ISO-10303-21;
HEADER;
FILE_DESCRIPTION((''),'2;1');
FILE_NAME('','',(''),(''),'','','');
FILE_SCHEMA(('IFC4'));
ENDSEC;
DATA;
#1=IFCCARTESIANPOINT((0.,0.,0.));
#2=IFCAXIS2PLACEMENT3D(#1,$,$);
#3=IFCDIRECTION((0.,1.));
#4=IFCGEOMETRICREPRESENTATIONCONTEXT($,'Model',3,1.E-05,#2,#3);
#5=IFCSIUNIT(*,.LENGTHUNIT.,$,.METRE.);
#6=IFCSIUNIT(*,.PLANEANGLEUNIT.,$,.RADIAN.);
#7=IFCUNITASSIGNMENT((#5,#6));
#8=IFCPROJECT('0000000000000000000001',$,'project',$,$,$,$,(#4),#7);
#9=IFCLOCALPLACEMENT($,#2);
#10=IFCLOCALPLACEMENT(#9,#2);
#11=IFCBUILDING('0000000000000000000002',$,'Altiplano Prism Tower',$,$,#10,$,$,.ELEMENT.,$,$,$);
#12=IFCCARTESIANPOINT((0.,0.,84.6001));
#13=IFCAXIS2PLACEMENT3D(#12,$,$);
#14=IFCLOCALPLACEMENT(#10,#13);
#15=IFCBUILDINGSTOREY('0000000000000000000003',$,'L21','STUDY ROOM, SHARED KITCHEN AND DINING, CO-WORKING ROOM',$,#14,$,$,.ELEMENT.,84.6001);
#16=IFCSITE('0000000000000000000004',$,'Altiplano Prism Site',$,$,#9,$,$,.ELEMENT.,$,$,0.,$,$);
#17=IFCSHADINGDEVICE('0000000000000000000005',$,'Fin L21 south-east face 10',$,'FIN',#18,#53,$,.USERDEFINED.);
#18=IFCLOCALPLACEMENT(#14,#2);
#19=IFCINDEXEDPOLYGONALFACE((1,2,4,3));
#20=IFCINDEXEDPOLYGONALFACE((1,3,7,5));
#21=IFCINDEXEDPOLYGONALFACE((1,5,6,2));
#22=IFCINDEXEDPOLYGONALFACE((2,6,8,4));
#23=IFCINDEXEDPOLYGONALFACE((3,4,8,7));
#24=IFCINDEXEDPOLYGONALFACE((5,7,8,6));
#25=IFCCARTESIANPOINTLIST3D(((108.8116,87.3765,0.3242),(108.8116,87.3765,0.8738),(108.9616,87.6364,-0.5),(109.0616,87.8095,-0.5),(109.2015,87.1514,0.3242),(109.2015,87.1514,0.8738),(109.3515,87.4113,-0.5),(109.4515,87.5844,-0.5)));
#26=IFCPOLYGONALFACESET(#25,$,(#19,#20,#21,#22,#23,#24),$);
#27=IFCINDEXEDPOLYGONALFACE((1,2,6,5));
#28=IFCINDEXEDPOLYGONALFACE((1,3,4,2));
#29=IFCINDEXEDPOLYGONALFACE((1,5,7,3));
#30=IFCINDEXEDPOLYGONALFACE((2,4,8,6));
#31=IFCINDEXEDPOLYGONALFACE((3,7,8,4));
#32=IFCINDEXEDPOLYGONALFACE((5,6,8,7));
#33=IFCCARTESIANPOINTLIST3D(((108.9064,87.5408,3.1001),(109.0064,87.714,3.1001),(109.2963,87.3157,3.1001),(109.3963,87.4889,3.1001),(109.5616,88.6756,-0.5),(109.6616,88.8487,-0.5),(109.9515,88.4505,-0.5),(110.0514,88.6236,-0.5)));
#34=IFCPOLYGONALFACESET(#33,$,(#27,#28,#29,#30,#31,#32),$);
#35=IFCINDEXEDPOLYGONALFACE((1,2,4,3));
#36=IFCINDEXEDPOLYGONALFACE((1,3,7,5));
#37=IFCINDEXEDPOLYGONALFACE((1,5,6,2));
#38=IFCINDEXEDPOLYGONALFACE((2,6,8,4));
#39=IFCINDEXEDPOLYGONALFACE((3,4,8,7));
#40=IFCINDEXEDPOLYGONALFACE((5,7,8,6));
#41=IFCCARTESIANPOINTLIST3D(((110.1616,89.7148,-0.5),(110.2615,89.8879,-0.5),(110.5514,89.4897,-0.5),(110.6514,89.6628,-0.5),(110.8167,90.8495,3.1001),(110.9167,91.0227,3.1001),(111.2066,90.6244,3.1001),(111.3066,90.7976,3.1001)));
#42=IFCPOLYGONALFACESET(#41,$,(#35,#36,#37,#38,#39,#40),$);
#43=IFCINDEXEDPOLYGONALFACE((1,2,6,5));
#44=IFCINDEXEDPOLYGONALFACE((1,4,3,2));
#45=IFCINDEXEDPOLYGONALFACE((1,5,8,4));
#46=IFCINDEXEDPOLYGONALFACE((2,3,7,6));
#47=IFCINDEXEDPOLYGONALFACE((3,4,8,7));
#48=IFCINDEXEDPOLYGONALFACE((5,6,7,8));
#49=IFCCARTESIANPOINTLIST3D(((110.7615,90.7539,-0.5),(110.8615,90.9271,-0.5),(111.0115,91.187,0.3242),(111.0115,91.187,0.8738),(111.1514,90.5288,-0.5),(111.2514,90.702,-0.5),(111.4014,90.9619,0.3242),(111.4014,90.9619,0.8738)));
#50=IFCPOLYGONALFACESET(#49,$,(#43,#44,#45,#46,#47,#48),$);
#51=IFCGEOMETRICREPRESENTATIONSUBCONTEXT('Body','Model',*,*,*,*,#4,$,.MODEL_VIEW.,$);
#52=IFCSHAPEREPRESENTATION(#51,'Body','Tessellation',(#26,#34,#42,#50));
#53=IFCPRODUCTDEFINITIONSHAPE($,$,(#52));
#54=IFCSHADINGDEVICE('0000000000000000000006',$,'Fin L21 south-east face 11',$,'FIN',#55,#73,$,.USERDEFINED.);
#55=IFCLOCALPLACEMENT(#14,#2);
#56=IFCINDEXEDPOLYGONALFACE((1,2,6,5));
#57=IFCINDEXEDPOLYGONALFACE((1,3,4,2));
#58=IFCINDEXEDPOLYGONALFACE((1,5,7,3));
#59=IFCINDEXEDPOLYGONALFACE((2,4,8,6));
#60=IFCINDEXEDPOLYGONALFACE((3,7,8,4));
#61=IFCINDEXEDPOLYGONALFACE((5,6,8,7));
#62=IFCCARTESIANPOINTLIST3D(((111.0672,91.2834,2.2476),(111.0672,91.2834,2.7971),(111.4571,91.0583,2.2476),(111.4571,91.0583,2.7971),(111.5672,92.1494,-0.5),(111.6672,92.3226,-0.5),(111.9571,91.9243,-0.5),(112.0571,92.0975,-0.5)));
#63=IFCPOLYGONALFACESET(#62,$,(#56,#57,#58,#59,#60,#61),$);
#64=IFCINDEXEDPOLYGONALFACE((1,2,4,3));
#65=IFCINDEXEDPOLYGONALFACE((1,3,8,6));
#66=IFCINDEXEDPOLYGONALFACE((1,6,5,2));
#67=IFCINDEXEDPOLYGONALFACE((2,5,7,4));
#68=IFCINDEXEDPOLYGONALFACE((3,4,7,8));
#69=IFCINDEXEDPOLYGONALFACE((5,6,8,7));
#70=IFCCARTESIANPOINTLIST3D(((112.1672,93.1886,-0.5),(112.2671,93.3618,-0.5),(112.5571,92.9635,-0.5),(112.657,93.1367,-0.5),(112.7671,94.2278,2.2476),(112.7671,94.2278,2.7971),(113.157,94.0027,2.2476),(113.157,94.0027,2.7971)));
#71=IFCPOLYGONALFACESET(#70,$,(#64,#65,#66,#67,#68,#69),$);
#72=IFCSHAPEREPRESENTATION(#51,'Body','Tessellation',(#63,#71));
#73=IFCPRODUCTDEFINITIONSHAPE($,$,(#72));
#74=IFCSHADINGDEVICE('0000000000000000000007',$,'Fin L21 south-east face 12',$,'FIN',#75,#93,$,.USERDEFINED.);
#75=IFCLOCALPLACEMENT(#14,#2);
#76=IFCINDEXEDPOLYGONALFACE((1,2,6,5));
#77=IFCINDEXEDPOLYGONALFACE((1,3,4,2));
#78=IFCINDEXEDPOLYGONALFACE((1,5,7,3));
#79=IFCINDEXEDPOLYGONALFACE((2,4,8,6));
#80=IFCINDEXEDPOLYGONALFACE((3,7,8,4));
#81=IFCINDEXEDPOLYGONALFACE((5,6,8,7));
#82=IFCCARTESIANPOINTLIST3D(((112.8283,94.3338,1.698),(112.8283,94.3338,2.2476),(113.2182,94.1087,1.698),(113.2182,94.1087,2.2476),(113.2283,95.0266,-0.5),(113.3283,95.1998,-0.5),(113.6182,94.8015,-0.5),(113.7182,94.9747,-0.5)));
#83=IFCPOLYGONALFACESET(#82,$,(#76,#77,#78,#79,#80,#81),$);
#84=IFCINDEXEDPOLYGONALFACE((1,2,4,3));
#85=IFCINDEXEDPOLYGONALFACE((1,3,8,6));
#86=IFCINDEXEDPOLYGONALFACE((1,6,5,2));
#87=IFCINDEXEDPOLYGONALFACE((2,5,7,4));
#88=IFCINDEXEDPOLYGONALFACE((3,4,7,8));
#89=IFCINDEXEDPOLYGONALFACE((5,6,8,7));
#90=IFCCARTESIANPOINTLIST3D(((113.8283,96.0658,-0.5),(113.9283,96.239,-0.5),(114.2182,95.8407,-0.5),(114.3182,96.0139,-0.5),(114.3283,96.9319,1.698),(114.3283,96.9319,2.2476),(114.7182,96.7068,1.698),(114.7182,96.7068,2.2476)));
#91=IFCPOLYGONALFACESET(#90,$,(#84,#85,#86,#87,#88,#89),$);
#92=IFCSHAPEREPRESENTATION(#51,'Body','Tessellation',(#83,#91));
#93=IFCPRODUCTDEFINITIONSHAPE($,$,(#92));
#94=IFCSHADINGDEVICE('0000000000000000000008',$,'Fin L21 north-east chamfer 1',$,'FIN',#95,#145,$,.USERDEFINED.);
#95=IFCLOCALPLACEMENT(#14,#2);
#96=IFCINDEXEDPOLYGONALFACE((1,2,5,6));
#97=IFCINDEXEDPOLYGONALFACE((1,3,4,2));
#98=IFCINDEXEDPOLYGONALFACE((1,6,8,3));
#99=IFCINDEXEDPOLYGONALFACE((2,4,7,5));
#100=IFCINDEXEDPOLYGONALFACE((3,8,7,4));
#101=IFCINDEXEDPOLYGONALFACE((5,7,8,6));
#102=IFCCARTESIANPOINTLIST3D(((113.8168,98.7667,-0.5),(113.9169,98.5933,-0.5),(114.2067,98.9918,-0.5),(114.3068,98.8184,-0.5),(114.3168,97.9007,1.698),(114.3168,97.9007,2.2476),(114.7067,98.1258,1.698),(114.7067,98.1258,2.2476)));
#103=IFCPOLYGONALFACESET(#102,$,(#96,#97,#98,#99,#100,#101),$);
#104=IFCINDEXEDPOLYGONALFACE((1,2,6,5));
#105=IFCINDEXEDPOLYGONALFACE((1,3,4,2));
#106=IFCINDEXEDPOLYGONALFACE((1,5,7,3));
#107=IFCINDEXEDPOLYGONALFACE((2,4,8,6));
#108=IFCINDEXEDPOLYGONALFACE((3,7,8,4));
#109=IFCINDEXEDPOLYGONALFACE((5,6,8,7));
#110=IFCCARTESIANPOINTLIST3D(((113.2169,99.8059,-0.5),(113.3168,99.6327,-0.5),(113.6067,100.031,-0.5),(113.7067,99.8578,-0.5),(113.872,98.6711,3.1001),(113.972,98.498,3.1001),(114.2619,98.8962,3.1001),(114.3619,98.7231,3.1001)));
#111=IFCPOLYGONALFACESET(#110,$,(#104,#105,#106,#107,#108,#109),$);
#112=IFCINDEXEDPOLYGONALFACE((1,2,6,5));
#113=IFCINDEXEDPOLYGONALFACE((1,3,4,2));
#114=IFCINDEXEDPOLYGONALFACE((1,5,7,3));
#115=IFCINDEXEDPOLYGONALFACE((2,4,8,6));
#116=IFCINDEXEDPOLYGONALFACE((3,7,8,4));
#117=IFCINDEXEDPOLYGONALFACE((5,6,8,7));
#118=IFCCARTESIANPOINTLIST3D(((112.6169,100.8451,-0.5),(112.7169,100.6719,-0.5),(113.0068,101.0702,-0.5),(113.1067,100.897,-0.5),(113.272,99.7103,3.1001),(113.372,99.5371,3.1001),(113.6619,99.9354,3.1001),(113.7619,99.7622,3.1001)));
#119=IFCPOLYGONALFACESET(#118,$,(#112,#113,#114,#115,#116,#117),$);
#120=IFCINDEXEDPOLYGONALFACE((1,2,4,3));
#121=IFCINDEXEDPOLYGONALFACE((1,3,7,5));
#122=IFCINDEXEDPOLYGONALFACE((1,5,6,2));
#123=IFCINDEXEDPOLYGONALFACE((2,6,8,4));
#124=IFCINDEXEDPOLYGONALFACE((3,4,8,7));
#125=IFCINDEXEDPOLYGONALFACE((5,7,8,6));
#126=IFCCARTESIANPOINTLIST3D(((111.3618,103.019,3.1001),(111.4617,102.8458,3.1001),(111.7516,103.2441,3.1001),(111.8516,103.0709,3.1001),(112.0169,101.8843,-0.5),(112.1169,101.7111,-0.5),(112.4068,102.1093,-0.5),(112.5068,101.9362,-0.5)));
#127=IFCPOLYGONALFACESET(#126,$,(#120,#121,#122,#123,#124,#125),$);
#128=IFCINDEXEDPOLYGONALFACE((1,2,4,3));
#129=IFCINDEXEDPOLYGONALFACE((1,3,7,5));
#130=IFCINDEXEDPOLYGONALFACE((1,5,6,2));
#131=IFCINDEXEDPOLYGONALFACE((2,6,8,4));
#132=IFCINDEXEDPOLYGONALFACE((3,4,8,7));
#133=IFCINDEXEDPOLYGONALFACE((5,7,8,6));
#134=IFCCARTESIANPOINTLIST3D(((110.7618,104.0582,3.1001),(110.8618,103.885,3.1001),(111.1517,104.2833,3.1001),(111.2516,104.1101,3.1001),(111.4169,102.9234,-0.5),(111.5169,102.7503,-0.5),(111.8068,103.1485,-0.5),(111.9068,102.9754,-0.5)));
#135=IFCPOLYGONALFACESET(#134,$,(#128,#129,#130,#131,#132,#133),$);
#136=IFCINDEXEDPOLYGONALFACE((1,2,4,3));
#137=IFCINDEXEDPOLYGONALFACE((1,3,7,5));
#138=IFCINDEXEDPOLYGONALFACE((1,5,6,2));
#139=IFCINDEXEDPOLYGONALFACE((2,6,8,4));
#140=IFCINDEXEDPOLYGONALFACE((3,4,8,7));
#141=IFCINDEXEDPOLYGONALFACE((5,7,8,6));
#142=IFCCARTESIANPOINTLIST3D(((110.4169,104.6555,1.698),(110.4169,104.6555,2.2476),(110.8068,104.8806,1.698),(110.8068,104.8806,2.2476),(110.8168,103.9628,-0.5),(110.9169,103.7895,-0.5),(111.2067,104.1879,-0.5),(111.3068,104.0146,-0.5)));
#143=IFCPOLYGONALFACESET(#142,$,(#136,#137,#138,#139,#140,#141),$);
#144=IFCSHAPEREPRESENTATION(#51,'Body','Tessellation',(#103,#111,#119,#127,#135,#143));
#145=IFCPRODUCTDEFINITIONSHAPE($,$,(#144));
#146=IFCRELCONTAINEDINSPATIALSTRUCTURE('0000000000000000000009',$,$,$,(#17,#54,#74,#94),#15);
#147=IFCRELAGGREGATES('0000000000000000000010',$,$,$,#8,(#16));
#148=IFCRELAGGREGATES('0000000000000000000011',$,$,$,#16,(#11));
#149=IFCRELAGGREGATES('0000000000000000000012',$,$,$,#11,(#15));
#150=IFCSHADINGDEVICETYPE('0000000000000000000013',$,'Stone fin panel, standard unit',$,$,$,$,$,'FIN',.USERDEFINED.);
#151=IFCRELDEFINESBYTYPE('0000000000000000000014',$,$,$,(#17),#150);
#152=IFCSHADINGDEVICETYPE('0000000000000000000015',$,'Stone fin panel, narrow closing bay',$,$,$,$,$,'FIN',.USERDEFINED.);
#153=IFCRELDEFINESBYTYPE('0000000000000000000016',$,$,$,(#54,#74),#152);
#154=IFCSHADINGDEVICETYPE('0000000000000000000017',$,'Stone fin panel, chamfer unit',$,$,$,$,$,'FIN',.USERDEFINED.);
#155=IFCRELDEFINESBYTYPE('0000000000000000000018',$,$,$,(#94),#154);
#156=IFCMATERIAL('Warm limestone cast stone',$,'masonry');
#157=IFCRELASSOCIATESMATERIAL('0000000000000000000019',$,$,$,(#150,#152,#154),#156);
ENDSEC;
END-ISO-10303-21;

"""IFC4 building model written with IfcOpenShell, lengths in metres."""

from ifc_helpers import new_model, si_unit, direction, frame, origin, place, context, subcontext, project, spatial, polyline, outline, extrude, source, transform, mapped, material, type_object, element, save


model = new_model("IFC4")

# Units and contexts
model_context = context("Model", 3, precision=1e-05, world=origin(), true_north=direction((0.0, 1.0)))
body_context = subcontext(model_context, "Body", "Model", "MODEL_VIEW")
ifc_project = project(units=[si_unit("LENGTHUNIT", "METRE"), si_unit("PLANEANGLEUNIT", "RADIAN")], contexts=[model_context])

# Site, building, storey
site_placement = place(None, origin())
site = spatial("IfcSite", under=ifc_project, at=site_placement, Name="Altiplano Prism Site", CompositionType="ELEMENT", RefElevation=0.0)
building_placement = place(site_placement, origin())
building = spatial("IfcBuilding", under=site, at=building_placement, Name="Altiplano Prism Tower", CompositionType="ELEMENT")
storey_placement = place(building_placement, frame((0.0, 0.0, 84.6001)))
storey = spatial("IfcBuildingStorey", under=building, at=storey_placement, Name="L21", Description="STUDY ROOM, SHARED KITCHEN AND DINING, CO-WORKING ROOM", CompositionType="ELEMENT", Elevation=84.6001)

# Shading devices
ifc_material_1 = material(Name="Warm limestone cast stone", Category="masonry")
shading_device_type_1 = type_object("IfcShadingDeviceType", Name="Stone fin panel, standard unit", ElementType="FIN", PredefinedType="USERDEFINED", material=ifc_material_1)
shared_shape_1 = source(origin(), body_context, "Body", "SweptSolid", [
    extrude(outline(polyline([(-2.2, 1.3738), (-2.2, 0.8242), (-1.8999, 0.0), (-1.7, 0.0), (-2.2, 1.3738)])), frame((0.0, -0.1499, 0.0), z_axis=(0.0, -1.0, 0.0), x_axis=(1.0, 0.0, 0.0)), (0.0, 0.0, 1.0), 0.4502),
    extrude(outline(polyline([(-2.0103, 3.6001), (-0.7, 0.0), (-0.5, 0.0), (-1.8103, 3.6001), (-2.0103, 3.6001)])), frame((0.0, -0.1499, 0.0), z_axis=(0.0, -1.0, 0.0), x_axis=(1.0, 0.0, 0.0)), (0.0, 0.0, 1.0), 0.4502),
    extrude(outline(polyline([(1.8103, 3.6001), (0.5, 0.0), (0.7, 0.0), (2.0103, 3.6001), (1.8103, 3.6001)])), frame((0.0, -0.1499, 0.0), z_axis=(0.0, -1.0, 0.0), x_axis=(1.0, 0.0, 0.0)), (0.0, 0.0, 1.0), 0.4502),
    extrude(outline(polyline([(2.2, 0.8242), (2.2, 1.3738), (1.7, 0.0), (1.8999, 0.0), (2.2, 0.8242)])), frame((0.0, -0.1499, 0.0), z_axis=(0.0, -1.0, 0.0), x_axis=(1.0, 0.0, 0.0)), (0.0, 0.0, 1.0), 0.4502),
])
shading_device_1_placement = place(storey_placement, origin())
element("IfcShadingDevice", 1, at=shading_device_1_placement, inside=storey, type_object=shading_device_type_1, Name="Fin L21 south-east face 10", ObjectType="FIN", PredefinedType="USERDEFINED", context=body_context, shape_type="MappedRepresentation", body=[
    mapped(shared_shape_1, transform((109.7817, 89.3567, -0.5), x_axis=(0.5, 0.866025, 0.0), y_axis=(-0.866025, 0.5, 0.0), z_axis=(0.0, 0.0, 1.0))),
])
shading_device_type_2 = type_object("IfcShadingDeviceType", Name="Stone fin panel, narrow closing bay", ElementType="FIN", PredefinedType="USERDEFINED", material=ifc_material_1)
shared_shape_2 = source(origin(), body_context, "Body", "SweptSolid", [
    extrude(outline(polyline([(-1.7, 3.2971), (-1.7, 2.7476), (-0.7, 0.0), (-0.5, 0.0), (-1.7, 3.2971)])), frame((0.0, -0.1499, 0.0), z_axis=(0.0, -1.0, 0.0), x_axis=(1.0, 0.0, 0.0)), (0.0, 0.0, 1.0), 0.4502),
    extrude(outline(polyline([(1.7, 2.7476), (1.7, 3.2971), (0.5, 0.0), (0.7, 0.0), (1.7, 2.7476)])), frame((0.0, -0.1499, 0.0), z_axis=(0.0, -1.0, 0.0), x_axis=(1.0, 0.0, 0.0)), (0.0, 0.0, 1.0), 0.4502),
])
shading_device_2_placement = place(storey_placement, origin())
element("IfcShadingDevice", 2, at=shading_device_2_placement, inside=storey, type_object=shading_device_type_2, Name="Fin L21 south-east face 11", ObjectType="FIN", PredefinedType="USERDEFINED", context=body_context, shape_type="MappedRepresentation", body=[
    mapped(shared_shape_2, transform((111.7874, 92.8306, -0.5), x_axis=(0.5, 0.866025, 0.0), y_axis=(-0.866025, 0.5, 0.0), z_axis=(0.0, 0.0, 1.0))),
])
shared_shape_3 = source(origin(), body_context, "Body", "SweptSolid", [
    extrude(outline(polyline([(-1.5, 2.7476), (-1.5, 2.198), (-0.7, 0.0), (-0.5, 0.0), (-1.5, 2.7476)])), frame((0.0, -0.1499, 0.0), z_axis=(0.0, -1.0, 0.0), x_axis=(1.0, 0.0, 0.0)), (0.0, 0.0, 1.0), 0.4502),
    extrude(outline(polyline([(1.5, 2.198), (1.5, 2.7476), (0.5, 0.0), (0.7, 0.0), (1.5, 2.198)])), frame((0.0, -0.1499, 0.0), z_axis=(0.0, -1.0, 0.0), x_axis=(1.0, 0.0, 0.0)), (0.0, 0.0, 1.0), 0.4502),
])
shading_device_3_placement = place(storey_placement, origin())
element("IfcShadingDevice", 3, at=shading_device_3_placement, inside=storey, type_object=shading_device_type_2, Name="Fin L21 south-east face 12", ObjectType="FIN", PredefinedType="USERDEFINED", context=body_context, shape_type="MappedRepresentation", body=[
    mapped(shared_shape_3, transform((113.4485, 95.7078, -0.5), x_axis=(0.5, 0.866025, 0.0), y_axis=(-0.866025, 0.5, 0.0), z_axis=(0.0, 0.0, 1.0))),
])
shading_device_type_3 = type_object("IfcShadingDeviceType", Name="Stone fin panel, chamfer unit", ElementType="FIN", PredefinedType="USERDEFINED", material=ifc_material_1)
shared_shape_4 = source(origin(), body_context, "Body", "SweptSolid", [
    extrude(outline(polyline([(-3.8999, 2.7476), (-3.8999, 2.198), (-3.1001, 0.0), (-2.8999, 0.0), (-3.8999, 2.7476)])), frame((0.0, -0.1499, 0.0), z_axis=(0.0, -1.0, 0.0), x_axis=(1.0, 0.0, 0.0)), (0.0, 0.0, 1.0), 0.4502),
    extrude(outline(polyline([(-3.2102, 3.6001), (-1.8999, 0.0), (-1.7, 0.0), (-3.0103, 3.6001), (-3.2102, 3.6001)])), frame((0.0, -0.1499, 0.0), z_axis=(0.0, -1.0, 0.0), x_axis=(1.0, 0.0, 0.0)), (0.0, 0.0, 1.0), 0.4502),
    extrude(outline(polyline([(-2.0103, 3.6001), (-0.7, 0.0), (-0.5, 0.0), (-1.8103, 3.6001), (-2.0103, 3.6001)])), frame((0.0, -0.1499, 0.0), z_axis=(0.0, -1.0, 0.0), x_axis=(1.0, 0.0, 0.0)), (0.0, 0.0, 1.0), 0.4502),
    extrude(outline(polyline([(1.8103, 3.6001), (0.5, 0.0), (0.7, 0.0), (2.0103, 3.6001), (1.8103, 3.6001)])), frame((0.0, -0.1499, 0.0), z_axis=(0.0, -1.0, 0.0), x_axis=(1.0, 0.0, 0.0)), (0.0, 0.0, 1.0), 0.4502),
    extrude(outline(polyline([(3.0103, 3.6001), (1.7, 0.0), (1.8999, 0.0), (3.2102, 3.6001), (3.0103, 3.6001)])), frame((0.0, -0.1499, 0.0), z_axis=(0.0, -1.0, 0.0), x_axis=(1.0, 0.0, 0.0)), (0.0, 0.0, 1.0), 0.4502),
    extrude(outline(polyline([(3.8999, 2.198), (3.8999, 2.7476), (2.8999, 0.0), (3.1001, 0.0), (3.8999, 2.198)])), frame((0.0, -0.1499, 0.0), z_axis=(0.0, -1.0, 0.0), x_axis=(1.0, 0.0, 0.0)), (0.0, 0.0, 1.0), 0.4502),
])
shading_device_4_placement = place(storey_placement, origin())
element("IfcShadingDevice", 4, at=shading_device_4_placement, inside=storey, type_object=shading_device_type_3, Name="Fin L21 north-east chamfer 1", ObjectType="FIN", PredefinedType="USERDEFINED", context=body_context, shape_type="MappedRepresentation", body=[
    mapped(shared_shape_4, transform((112.2371, 101.2031, -0.5), x_axis=(-0.5, 0.866025, 0.0), y_axis=(-0.866025, -0.5, 0.0), z_axis=(0.0, 0.0, 1.0))),
])

save(model, "model.ifc")
